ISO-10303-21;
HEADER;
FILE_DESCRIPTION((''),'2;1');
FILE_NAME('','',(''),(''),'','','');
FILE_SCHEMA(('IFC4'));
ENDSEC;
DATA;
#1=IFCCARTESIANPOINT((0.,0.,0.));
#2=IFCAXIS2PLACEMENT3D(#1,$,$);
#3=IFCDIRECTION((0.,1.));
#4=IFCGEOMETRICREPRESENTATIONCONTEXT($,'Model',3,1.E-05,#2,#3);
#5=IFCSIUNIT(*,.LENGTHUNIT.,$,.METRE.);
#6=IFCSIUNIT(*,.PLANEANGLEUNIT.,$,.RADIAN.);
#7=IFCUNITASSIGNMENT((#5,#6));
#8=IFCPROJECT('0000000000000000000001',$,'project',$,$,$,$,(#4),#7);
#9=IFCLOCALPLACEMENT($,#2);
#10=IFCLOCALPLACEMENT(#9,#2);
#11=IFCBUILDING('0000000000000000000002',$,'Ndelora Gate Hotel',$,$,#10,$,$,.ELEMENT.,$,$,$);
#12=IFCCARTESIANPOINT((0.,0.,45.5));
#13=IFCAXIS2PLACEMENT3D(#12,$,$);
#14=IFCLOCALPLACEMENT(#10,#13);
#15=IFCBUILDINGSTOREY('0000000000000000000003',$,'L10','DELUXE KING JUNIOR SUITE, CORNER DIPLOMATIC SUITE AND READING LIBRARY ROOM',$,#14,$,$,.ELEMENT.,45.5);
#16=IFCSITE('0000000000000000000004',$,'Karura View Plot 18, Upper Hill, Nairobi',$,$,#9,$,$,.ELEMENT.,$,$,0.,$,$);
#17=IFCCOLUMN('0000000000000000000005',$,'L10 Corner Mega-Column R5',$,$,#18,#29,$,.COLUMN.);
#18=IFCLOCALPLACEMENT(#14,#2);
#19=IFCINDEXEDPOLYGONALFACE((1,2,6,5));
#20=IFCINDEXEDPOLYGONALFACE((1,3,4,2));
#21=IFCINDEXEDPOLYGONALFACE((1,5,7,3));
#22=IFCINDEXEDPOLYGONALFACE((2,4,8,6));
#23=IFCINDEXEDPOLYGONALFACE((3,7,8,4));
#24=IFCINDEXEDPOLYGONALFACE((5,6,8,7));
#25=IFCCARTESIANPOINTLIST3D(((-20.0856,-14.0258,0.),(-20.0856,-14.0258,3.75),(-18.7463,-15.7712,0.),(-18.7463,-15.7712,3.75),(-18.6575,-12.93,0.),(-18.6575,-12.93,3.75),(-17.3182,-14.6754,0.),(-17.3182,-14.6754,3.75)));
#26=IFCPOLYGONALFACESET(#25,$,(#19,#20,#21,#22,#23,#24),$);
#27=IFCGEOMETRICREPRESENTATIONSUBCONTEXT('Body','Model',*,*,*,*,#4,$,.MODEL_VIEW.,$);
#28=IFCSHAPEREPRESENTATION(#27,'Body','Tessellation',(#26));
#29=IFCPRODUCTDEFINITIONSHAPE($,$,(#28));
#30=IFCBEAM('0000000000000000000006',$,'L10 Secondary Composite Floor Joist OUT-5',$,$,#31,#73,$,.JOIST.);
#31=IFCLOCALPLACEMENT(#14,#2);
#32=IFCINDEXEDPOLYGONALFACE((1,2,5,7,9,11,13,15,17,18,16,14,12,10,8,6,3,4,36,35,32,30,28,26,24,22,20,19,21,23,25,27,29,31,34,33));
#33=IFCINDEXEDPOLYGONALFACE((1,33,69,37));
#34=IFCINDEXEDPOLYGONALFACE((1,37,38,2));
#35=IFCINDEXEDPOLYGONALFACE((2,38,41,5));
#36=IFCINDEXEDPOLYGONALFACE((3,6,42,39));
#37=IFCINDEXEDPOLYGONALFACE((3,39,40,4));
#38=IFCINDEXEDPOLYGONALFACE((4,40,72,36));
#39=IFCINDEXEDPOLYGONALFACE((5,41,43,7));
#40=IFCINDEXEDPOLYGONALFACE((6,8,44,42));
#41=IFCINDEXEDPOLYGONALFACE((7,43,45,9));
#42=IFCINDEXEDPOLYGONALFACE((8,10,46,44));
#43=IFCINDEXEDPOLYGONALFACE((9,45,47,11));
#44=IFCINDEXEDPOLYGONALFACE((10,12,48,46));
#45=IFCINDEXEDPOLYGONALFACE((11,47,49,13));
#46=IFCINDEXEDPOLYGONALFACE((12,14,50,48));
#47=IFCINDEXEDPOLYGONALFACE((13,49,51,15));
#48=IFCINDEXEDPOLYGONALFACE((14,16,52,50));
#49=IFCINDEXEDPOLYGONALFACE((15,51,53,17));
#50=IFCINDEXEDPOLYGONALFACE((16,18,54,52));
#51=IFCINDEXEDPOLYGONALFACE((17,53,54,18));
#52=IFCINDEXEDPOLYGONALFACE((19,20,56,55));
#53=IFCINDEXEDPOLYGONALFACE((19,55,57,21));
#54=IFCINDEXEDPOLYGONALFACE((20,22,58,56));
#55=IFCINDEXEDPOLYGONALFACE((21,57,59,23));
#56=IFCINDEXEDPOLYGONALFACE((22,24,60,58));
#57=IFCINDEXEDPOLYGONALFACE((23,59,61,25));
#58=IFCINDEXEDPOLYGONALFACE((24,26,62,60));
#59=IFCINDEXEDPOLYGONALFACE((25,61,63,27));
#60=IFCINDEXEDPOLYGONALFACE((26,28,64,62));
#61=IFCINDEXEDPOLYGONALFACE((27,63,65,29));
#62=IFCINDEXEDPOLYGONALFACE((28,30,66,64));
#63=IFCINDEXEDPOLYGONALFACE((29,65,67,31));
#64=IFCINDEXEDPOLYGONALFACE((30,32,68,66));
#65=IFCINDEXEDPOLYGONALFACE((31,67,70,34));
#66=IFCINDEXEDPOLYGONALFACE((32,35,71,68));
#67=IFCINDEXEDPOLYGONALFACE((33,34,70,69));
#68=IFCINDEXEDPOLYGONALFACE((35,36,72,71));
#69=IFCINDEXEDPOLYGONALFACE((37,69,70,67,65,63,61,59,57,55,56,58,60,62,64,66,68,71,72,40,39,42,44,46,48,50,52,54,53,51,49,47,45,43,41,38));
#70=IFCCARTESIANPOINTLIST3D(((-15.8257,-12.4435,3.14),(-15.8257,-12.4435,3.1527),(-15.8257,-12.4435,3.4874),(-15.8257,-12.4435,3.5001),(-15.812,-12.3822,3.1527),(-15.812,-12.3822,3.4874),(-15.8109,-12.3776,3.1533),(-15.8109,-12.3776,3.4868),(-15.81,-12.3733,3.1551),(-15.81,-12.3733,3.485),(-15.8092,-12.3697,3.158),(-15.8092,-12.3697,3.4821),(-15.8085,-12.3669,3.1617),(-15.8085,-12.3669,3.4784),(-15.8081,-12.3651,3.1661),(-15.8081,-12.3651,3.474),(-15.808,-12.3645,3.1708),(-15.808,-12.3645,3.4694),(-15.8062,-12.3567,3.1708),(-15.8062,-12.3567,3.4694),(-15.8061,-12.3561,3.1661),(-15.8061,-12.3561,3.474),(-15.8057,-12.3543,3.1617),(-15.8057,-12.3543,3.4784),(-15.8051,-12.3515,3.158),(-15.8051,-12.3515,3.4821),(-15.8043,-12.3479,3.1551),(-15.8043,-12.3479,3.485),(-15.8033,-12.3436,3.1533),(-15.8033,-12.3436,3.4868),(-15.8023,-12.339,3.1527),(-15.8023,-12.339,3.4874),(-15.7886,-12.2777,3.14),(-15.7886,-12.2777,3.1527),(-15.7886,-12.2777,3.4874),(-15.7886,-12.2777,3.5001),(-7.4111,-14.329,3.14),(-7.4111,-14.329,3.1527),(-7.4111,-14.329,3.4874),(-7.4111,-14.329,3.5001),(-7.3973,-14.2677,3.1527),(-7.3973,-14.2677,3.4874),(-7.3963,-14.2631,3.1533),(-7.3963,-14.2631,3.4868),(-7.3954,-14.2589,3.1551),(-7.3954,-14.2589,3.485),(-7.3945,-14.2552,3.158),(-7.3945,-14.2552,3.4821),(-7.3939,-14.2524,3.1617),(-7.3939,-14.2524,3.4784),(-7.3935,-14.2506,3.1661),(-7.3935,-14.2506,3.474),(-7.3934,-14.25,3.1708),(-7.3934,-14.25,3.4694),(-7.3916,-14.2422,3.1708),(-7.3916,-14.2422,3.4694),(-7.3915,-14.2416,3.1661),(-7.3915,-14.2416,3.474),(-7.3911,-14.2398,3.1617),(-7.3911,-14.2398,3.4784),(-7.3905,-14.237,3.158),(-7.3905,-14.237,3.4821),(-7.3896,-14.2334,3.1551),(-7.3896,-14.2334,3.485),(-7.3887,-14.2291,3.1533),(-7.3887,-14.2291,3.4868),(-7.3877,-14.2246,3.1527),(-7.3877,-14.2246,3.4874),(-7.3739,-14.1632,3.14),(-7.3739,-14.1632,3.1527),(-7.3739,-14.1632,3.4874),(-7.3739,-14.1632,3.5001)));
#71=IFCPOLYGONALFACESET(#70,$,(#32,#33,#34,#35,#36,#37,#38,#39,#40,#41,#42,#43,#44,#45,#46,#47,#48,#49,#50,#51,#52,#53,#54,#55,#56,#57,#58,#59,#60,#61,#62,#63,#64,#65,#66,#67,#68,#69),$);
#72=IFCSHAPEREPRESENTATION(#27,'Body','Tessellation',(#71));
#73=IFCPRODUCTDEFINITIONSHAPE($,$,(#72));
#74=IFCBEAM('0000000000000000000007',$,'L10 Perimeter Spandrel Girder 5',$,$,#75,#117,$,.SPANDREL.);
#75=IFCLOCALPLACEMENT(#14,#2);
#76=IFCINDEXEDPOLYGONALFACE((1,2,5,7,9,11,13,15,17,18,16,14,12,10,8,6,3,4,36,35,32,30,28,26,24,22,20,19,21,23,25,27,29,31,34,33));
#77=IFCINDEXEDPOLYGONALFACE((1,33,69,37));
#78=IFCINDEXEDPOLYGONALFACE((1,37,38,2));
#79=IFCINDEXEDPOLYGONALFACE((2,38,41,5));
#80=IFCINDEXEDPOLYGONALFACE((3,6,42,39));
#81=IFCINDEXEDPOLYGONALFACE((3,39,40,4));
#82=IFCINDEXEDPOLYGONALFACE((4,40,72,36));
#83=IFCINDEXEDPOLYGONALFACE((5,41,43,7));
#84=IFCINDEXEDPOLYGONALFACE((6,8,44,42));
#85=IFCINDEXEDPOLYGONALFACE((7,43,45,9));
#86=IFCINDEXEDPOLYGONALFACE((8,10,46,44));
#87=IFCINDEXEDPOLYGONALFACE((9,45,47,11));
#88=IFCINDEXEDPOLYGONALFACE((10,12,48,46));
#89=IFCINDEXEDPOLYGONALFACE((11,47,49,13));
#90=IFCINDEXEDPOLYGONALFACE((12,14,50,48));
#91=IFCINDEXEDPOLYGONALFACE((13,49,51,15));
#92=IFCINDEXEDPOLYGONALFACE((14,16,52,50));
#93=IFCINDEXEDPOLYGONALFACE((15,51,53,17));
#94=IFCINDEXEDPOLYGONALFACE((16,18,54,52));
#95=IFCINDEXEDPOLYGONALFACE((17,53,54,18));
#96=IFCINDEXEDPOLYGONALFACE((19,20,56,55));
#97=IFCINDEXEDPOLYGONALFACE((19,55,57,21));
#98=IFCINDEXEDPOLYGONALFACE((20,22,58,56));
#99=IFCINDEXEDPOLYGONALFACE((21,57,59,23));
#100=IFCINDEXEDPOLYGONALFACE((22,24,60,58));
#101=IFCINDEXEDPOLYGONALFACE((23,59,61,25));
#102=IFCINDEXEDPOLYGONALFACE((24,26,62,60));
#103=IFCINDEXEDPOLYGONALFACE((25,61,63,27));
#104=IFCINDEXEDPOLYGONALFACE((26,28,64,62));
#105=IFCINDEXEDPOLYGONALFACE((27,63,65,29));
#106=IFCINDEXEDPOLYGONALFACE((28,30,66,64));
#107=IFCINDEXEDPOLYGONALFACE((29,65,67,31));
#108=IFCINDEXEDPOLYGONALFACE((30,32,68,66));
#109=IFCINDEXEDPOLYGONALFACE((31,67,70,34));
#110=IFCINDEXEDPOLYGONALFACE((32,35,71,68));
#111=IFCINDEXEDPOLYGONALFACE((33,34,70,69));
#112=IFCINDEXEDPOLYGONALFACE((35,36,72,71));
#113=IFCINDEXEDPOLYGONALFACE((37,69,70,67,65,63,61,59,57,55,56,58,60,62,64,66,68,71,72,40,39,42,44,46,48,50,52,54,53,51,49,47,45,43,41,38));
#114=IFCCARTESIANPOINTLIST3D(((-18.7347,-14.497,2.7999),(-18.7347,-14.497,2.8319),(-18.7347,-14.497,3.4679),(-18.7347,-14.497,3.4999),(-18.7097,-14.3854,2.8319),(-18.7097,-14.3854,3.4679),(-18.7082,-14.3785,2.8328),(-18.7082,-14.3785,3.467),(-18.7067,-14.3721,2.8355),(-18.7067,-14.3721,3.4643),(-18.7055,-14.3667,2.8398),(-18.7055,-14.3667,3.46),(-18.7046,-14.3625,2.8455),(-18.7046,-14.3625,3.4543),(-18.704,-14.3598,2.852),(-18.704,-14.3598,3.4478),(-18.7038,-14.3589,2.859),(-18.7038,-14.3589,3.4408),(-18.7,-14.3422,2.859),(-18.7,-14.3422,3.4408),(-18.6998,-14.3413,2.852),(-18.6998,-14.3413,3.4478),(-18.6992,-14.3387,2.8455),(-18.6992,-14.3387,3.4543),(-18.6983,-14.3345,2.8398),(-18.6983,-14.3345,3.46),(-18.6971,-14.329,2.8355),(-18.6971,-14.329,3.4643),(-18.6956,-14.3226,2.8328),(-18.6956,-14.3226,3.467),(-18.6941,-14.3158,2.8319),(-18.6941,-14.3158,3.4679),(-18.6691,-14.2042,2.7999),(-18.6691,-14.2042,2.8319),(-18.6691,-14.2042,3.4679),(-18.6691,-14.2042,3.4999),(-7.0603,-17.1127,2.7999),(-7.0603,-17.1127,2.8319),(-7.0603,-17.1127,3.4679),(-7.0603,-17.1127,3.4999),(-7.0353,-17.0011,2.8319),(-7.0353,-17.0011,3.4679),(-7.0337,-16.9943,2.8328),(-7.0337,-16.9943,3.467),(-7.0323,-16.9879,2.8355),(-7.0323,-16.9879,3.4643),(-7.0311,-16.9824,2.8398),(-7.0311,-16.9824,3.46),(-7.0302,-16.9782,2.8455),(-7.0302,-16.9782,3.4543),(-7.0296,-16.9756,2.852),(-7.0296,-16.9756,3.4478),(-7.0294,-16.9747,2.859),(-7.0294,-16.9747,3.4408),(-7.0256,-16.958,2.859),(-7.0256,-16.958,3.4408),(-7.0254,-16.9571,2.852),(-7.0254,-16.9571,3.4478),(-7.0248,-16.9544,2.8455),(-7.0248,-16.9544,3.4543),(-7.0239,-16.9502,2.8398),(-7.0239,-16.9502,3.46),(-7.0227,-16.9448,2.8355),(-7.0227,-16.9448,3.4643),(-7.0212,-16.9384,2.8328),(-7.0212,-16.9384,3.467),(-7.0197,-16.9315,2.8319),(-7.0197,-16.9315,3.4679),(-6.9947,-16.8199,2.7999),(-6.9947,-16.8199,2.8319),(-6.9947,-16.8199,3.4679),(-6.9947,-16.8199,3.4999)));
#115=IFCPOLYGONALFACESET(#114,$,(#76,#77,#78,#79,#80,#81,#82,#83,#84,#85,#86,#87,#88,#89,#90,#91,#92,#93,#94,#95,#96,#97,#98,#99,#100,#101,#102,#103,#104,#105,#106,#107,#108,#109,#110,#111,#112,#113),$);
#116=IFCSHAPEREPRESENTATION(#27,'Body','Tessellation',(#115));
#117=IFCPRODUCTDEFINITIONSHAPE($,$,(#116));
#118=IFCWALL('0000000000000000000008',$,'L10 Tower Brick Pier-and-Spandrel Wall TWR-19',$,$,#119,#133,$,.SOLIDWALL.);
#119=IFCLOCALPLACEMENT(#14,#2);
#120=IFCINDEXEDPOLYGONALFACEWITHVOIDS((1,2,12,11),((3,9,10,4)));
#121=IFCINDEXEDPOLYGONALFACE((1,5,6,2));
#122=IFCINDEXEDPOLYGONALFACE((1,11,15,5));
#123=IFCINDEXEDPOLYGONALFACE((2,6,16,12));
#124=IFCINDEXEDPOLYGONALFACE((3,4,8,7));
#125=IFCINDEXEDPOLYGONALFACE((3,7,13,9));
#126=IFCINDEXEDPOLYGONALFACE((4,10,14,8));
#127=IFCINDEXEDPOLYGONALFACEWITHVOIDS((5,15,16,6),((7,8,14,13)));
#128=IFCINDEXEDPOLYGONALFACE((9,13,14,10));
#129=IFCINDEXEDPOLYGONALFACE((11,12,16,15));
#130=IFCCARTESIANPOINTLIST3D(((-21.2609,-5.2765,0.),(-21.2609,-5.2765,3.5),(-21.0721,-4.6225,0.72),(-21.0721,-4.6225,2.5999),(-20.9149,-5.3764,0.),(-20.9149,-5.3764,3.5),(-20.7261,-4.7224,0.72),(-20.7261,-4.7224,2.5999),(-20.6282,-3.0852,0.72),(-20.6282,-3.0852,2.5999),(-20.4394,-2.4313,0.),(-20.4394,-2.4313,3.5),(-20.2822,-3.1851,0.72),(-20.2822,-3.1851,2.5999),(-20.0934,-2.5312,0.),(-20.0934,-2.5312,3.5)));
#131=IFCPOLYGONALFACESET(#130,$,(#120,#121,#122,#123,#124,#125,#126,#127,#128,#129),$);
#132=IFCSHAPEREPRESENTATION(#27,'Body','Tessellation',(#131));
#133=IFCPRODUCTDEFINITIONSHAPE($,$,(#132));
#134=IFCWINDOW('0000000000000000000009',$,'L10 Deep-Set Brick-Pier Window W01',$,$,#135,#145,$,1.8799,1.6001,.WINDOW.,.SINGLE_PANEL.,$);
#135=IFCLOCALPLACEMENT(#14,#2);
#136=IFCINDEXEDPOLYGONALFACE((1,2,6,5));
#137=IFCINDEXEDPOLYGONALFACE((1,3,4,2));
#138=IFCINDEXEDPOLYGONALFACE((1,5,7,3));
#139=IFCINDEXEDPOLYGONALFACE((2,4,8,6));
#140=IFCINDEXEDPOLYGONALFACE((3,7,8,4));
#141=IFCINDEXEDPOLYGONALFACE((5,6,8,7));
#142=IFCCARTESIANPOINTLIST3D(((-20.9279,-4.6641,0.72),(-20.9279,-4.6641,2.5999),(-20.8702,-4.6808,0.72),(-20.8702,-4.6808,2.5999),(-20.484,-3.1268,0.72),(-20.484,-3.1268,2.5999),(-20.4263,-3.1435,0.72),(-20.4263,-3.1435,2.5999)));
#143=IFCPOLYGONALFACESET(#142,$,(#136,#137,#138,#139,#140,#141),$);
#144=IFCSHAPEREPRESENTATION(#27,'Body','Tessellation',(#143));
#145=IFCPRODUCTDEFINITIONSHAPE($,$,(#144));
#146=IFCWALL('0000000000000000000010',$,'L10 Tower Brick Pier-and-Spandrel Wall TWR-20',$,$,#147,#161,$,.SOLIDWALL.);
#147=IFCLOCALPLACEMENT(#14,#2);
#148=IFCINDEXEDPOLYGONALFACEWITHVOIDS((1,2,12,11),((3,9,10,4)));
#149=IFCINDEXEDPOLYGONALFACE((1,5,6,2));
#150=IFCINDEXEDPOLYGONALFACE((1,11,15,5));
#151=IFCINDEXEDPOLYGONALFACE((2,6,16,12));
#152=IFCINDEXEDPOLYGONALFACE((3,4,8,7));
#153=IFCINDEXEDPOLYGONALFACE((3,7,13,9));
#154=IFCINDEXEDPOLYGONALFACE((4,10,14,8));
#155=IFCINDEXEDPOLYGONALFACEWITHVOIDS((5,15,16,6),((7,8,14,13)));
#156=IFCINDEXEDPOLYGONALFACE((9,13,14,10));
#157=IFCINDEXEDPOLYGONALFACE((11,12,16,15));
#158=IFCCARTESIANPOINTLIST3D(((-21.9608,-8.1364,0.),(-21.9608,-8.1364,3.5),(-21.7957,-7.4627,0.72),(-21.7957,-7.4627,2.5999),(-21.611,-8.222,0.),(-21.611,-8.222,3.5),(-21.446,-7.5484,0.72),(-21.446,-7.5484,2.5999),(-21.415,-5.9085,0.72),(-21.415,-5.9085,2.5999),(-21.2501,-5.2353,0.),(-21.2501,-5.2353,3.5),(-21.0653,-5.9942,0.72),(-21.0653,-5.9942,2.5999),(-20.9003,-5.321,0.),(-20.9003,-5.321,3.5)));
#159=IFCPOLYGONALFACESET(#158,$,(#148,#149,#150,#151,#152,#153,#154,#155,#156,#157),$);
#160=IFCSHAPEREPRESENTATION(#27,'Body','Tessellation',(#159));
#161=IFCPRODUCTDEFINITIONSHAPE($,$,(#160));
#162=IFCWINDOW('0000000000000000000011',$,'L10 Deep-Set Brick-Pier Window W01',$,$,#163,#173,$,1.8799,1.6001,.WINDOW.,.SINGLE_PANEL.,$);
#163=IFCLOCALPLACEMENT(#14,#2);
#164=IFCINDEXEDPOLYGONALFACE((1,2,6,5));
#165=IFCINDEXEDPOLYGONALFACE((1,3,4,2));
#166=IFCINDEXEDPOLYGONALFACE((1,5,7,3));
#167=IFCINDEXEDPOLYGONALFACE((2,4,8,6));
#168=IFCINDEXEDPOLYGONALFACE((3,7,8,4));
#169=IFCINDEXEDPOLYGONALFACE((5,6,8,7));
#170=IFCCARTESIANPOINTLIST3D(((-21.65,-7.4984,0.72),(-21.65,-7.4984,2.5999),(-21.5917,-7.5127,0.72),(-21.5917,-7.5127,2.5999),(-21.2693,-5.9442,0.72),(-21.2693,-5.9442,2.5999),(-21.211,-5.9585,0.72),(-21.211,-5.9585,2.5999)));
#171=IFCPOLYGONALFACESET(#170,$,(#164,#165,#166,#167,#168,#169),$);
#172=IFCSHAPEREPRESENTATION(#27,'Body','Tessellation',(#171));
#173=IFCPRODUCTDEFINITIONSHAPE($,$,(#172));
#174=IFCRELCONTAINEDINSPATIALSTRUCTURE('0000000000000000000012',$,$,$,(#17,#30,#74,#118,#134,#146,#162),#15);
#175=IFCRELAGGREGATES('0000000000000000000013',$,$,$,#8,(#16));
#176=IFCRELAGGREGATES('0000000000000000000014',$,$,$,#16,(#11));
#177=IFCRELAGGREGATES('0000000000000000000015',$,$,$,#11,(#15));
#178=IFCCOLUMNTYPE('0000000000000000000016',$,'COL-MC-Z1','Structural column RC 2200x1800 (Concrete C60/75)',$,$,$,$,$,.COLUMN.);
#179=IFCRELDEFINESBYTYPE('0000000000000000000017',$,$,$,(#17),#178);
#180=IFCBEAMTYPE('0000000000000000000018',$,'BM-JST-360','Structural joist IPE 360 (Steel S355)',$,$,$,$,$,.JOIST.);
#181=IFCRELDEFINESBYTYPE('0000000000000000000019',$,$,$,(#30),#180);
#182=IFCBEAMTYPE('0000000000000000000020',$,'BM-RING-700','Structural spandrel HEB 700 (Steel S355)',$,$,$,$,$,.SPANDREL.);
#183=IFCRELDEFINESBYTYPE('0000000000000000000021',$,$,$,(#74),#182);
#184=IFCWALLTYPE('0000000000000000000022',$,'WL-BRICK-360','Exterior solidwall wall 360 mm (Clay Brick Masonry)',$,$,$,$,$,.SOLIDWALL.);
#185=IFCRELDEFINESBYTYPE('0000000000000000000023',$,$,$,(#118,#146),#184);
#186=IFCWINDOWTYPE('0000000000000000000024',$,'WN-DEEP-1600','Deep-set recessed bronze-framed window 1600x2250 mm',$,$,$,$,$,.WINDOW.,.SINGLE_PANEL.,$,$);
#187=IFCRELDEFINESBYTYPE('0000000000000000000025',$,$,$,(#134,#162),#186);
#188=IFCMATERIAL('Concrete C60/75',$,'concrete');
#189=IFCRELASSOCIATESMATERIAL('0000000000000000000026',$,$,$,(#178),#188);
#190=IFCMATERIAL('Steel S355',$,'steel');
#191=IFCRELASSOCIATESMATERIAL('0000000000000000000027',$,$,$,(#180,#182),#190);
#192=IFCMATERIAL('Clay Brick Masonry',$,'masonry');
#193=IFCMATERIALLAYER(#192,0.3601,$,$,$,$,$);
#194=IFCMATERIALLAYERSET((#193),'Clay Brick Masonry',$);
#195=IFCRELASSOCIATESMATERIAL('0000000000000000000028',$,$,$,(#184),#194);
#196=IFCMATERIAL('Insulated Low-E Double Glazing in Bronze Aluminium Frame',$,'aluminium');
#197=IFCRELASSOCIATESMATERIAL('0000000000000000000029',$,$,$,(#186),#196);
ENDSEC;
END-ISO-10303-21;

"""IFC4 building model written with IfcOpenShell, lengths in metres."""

from ifc_helpers import new_model, si_unit, direction, frame, frame_2d, origin, origin_2d, place, context, subcontext, project, spatial, rectangle, i_section, extrude, material, layer, layer_set, material_profile, profile_set, type_object, element, fill, save


model = new_model("IFC4")

# Units and contexts
model_context = context("Model", 3, precision=1e-05, world=origin(), true_north=direction((0.0, 1.0)))
body_context = subcontext(model_context, "Body", "Model", "MODEL_VIEW")
ifc_project = project(units=[si_unit("LENGTHUNIT", "METRE"), si_unit("PLANEANGLEUNIT", "RADIAN")], contexts=[model_context])

# Site, building, storey
site_placement = place(None, origin())
site = spatial("IfcSite", under=ifc_project, at=site_placement, Name="Karura View Plot 18, Upper Hill, Nairobi", CompositionType="ELEMENT", RefElevation=0.0)
building_placement = place(site_placement, origin())
building = spatial("IfcBuilding", under=site, at=building_placement, Name="Ndelora Gate Hotel", CompositionType="ELEMENT")
storey_placement = place(building_placement, frame((0.0, 0.0, 45.5)))
storey = spatial("IfcBuildingStorey", under=building, at=storey_placement, Name="L10", Description="DELUXE KING JUNIOR SUITE, CORNER DIPLOMATIC SUITE AND READING LIBRARY ROOM", CompositionType="ELEMENT", Elevation=45.5)

# Column
ifc_material_1 = material(Name="Concrete C60/75", Category="concrete")
ifc_material_profile_1 = material_profile(ifc_material_1, rectangle(XDim=1.8, YDim=2.2, at=origin_2d()), Name="RC 2200x1800")
ifc_profile_set_1 = profile_set([ifc_material_profile_1], Name="Concrete C60/75")
column_type = type_object("IfcColumnType", Name="COL-MC-Z1", Description="Structural column RC 2200x1800 (Concrete C60/75)", PredefinedType="COLUMN", material=ifc_profile_set_1)
column_placement = place(storey_placement, frame((-18.7019, -14.3506, 0.0), z_axis=(0.0, 0.0, 1.0), x_axis=(0.793353, 0.608761, 0.0)))
element("IfcColumn", 1, at=column_placement, inside=storey, type_object=column_type, Name="L10 Corner Mega-Column R5", PredefinedType="COLUMN", context=body_context, shape_type="SweptSolid", body=[
    extrude(rectangle(XDim=1.8, YDim=2.2, at=origin_2d()), origin(), (0.0, 0.0, 1.0), 3.75),
])

# Beams
ifc_material_2 = material(Name="Steel S355", Category="steel")
ifc_material_profile_2 = material_profile(ifc_material_2, i_section(OverallWidth=0.1699, OverallDepth=0.3601, WebThickness=0.0081, FlangeThickness=0.0127, FilletRadius=0.0181, at=origin_2d()), Name="IPE 360")
ifc_profile_set_2 = profile_set([ifc_material_profile_2], Name="Steel S355")
beam_type_1 = type_object("IfcBeamType", Name="BM-JST-360", Description="Structural joist IPE 360 (Steel S355)", PredefinedType="JOIST", material=ifc_profile_set_2)
beam_1_placement = place(storey_placement, frame((-15.8071, -12.3606, 3.3201), z_axis=(0.975802, -0.218654, 0.0), x_axis=(0.218654, 0.975802, 0.0)))
element("IfcBeam", 2, at=beam_1_placement, inside=storey, type_object=beam_type_1, Name="L10 Secondary Composite Floor Joist OUT-5", PredefinedType="JOIST", context=body_context, shape_type="SweptSolid", body=[
    extrude(i_section(OverallWidth=0.1699, OverallDepth=0.3601, WebThickness=0.0081, FlangeThickness=0.0127, FilletRadius=0.0181, at=origin_2d()), origin(), (0.0, 0.0, 1.0), 8.6233),
])
ifc_material_profile_3 = material_profile(ifc_material_2, i_section(OverallWidth=0.3, OverallDepth=0.7, WebThickness=0.0171, FlangeThickness=0.032, FilletRadius=0.0271, at=origin_2d()), Name="HEB 700")
ifc_profile_set_3 = profile_set([ifc_material_profile_3], Name="Steel S355")
beam_type_2 = type_object("IfcBeamType", Name="BM-RING-700", Description="Structural spandrel HEB 700 (Steel S355)", PredefinedType="SPANDREL", material=ifc_profile_set_3)
beam_2_placement = place(storey_placement, frame((-18.7019, -14.3506, 3.1499), z_axis=(0.975806, -0.218637, 0.0), x_axis=(0.218637, 0.975806, 0.0)))
element("IfcBeam", 3, at=beam_2_placement, inside=storey, type_object=beam_type_2, Name="L10 Perimeter Spandrel Girder 5", PredefinedType="SPANDREL", context=body_context, shape_type="SweptSolid", body=[
    extrude(i_section(OverallWidth=0.3, OverallDepth=0.7, WebThickness=0.0171, FlangeThickness=0.032, FilletRadius=0.0271, at=origin_2d()), origin(), (0.0, 0.0, 1.0), 11.9639),
])

# Walls, openings, windows
ifc_material_3 = material(Name="Clay Brick Masonry", Category="masonry")
ifc_layer_1 = layer(ifc_material_3, 0.3601)
ifc_layer_set_1 = layer_set([ifc_layer_1], Name="Clay Brick Masonry")
wall_type = type_object("IfcWallType", Name="WL-BRICK-360", Description="Exterior solidwall wall 360 mm (Clay Brick Masonry)", PredefinedType="SOLIDWALL", material=ifc_layer_set_1)
wall_1_placement = place(storey_placement, frame((-21.0879, -5.3264, 0.0), z_axis=(0.0, 0.0, 1.0), x_axis=(0.277409, 0.960752, 0.0)))
wall_1 = element("IfcWall", 4, at=wall_1_placement, inside=storey, type_object=wall_type, Name="L10 Tower Brick Pier-and-Spandrel Wall TWR-19", PredefinedType="SOLIDWALL", context=body_context, shape_type="SweptSolid", body=[
    extrude(rectangle(XDim=2.9614, YDim=0.3601, at=frame_2d((1.4807, 0.0))), origin(), (0.0, 0.0, 1.0), 3.5),
])
opening_1_placement = place(wall_1_placement, frame((0.6807, 0.0, 0.72)))
opening_1 = element("IfcOpeningElement", 5, at=opening_1_placement, cuts=wall_1, PredefinedType="OPENING", context=body_context, shape_type="SweptSolid", body=[
    extrude(rectangle(XDim=1.6001, YDim=1.8799, at=frame_2d((0.8, 0.9399))), frame((0.0, 0.1899, 0.0), z_axis=(0.0, -1.0, 0.0), x_axis=(1.0, 0.0, 0.0)), (0.0, 0.0, 1.0), 0.3801),
])
ifc_material_4 = material(Name="Insulated Low-E Double Glazing in Bronze Aluminium Frame", Category="aluminium")
window_type_1 = type_object("IfcWindowType", Name="WN-DEEP-1600", Description="Deep-set recessed bronze-framed window 1600x2250 mm", PartitioningType="SINGLE_PANEL", PredefinedType="WINDOW", material=ifc_material_4)
window_1_placement = place(opening_1_placement, origin())
window_1 = element("IfcWindow", 6, at=window_1_placement, inside=storey, type_object=window_type_1, Name="L10 Deep-Set Brick-Pier Window W01", OverallHeight=1.8799, OverallWidth=1.6001, PartitioningType="SINGLE_PANEL", PredefinedType="WINDOW", context=body_context, shape_type="SweptSolid", body=[
    extrude(rectangle(XDim=1.6001, YDim=1.8799, at=frame_2d((0.8, 0.9399))), frame((0.0, 0.03, 0.0), z_axis=(0.0, -1.0, 0.0), x_axis=(1.0, 0.0, 0.0)), (0.0, 0.0, 1.0), 0.0601),
])
fill(opening_1, window_1)
wall_2_placement = place(storey_placement, frame((-21.7859, -8.1792, 0.0), z_axis=(0.0, 0.0, 1.0), x_axis=(0.237936, 0.971281, 0.0)))
wall_2 = element("IfcWall", 7, at=wall_2_placement, inside=storey, type_object=wall_type, Name="L10 Tower Brick Pier-and-Spandrel Wall TWR-20", PredefinedType="SOLIDWALL", context=body_context, shape_type="SweptSolid", body=[
    extrude(rectangle(XDim=2.9868, YDim=0.3601, at=frame_2d((1.4934, 0.0))), origin(), (0.0, 0.0, 1.0), 3.5),
])
opening_2_placement = place(wall_2_placement, frame((0.6936, 0.0, 0.72)))
opening_2 = element("IfcOpeningElement", 8, at=opening_2_placement, cuts=wall_2, PredefinedType="OPENING", context=body_context, shape_type="SweptSolid", body=[
    extrude(rectangle(XDim=1.6001, YDim=1.8799, at=frame_2d((0.8, 0.9399))), frame((0.0, 0.1899, 0.0), z_axis=(0.0, -1.0, 0.0), x_axis=(1.0, 0.0, 0.0)), (0.0, 0.0, 1.0), 0.3801),
])
window_2_placement = place(opening_2_placement, origin())
window_2 = element("IfcWindow", 9, at=window_2_placement, inside=storey, type_object=window_type_1, Name="L10 Deep-Set Brick-Pier Window W01", OverallHeight=1.8799, OverallWidth=1.6001, PartitioningType="SINGLE_PANEL", PredefinedType="WINDOW", context=body_context, shape_type="SweptSolid", body=[
    extrude(rectangle(XDim=1.6001, YDim=1.8799, at=frame_2d((0.8, 0.9399))), frame((0.0, 0.03, 0.0), z_axis=(0.0, -1.0, 0.0), x_axis=(1.0, 0.0, 0.0)), (0.0, 0.0, 1.0), 0.0601),
])
fill(opening_2, window_2)

save(model, "model.ifc")
